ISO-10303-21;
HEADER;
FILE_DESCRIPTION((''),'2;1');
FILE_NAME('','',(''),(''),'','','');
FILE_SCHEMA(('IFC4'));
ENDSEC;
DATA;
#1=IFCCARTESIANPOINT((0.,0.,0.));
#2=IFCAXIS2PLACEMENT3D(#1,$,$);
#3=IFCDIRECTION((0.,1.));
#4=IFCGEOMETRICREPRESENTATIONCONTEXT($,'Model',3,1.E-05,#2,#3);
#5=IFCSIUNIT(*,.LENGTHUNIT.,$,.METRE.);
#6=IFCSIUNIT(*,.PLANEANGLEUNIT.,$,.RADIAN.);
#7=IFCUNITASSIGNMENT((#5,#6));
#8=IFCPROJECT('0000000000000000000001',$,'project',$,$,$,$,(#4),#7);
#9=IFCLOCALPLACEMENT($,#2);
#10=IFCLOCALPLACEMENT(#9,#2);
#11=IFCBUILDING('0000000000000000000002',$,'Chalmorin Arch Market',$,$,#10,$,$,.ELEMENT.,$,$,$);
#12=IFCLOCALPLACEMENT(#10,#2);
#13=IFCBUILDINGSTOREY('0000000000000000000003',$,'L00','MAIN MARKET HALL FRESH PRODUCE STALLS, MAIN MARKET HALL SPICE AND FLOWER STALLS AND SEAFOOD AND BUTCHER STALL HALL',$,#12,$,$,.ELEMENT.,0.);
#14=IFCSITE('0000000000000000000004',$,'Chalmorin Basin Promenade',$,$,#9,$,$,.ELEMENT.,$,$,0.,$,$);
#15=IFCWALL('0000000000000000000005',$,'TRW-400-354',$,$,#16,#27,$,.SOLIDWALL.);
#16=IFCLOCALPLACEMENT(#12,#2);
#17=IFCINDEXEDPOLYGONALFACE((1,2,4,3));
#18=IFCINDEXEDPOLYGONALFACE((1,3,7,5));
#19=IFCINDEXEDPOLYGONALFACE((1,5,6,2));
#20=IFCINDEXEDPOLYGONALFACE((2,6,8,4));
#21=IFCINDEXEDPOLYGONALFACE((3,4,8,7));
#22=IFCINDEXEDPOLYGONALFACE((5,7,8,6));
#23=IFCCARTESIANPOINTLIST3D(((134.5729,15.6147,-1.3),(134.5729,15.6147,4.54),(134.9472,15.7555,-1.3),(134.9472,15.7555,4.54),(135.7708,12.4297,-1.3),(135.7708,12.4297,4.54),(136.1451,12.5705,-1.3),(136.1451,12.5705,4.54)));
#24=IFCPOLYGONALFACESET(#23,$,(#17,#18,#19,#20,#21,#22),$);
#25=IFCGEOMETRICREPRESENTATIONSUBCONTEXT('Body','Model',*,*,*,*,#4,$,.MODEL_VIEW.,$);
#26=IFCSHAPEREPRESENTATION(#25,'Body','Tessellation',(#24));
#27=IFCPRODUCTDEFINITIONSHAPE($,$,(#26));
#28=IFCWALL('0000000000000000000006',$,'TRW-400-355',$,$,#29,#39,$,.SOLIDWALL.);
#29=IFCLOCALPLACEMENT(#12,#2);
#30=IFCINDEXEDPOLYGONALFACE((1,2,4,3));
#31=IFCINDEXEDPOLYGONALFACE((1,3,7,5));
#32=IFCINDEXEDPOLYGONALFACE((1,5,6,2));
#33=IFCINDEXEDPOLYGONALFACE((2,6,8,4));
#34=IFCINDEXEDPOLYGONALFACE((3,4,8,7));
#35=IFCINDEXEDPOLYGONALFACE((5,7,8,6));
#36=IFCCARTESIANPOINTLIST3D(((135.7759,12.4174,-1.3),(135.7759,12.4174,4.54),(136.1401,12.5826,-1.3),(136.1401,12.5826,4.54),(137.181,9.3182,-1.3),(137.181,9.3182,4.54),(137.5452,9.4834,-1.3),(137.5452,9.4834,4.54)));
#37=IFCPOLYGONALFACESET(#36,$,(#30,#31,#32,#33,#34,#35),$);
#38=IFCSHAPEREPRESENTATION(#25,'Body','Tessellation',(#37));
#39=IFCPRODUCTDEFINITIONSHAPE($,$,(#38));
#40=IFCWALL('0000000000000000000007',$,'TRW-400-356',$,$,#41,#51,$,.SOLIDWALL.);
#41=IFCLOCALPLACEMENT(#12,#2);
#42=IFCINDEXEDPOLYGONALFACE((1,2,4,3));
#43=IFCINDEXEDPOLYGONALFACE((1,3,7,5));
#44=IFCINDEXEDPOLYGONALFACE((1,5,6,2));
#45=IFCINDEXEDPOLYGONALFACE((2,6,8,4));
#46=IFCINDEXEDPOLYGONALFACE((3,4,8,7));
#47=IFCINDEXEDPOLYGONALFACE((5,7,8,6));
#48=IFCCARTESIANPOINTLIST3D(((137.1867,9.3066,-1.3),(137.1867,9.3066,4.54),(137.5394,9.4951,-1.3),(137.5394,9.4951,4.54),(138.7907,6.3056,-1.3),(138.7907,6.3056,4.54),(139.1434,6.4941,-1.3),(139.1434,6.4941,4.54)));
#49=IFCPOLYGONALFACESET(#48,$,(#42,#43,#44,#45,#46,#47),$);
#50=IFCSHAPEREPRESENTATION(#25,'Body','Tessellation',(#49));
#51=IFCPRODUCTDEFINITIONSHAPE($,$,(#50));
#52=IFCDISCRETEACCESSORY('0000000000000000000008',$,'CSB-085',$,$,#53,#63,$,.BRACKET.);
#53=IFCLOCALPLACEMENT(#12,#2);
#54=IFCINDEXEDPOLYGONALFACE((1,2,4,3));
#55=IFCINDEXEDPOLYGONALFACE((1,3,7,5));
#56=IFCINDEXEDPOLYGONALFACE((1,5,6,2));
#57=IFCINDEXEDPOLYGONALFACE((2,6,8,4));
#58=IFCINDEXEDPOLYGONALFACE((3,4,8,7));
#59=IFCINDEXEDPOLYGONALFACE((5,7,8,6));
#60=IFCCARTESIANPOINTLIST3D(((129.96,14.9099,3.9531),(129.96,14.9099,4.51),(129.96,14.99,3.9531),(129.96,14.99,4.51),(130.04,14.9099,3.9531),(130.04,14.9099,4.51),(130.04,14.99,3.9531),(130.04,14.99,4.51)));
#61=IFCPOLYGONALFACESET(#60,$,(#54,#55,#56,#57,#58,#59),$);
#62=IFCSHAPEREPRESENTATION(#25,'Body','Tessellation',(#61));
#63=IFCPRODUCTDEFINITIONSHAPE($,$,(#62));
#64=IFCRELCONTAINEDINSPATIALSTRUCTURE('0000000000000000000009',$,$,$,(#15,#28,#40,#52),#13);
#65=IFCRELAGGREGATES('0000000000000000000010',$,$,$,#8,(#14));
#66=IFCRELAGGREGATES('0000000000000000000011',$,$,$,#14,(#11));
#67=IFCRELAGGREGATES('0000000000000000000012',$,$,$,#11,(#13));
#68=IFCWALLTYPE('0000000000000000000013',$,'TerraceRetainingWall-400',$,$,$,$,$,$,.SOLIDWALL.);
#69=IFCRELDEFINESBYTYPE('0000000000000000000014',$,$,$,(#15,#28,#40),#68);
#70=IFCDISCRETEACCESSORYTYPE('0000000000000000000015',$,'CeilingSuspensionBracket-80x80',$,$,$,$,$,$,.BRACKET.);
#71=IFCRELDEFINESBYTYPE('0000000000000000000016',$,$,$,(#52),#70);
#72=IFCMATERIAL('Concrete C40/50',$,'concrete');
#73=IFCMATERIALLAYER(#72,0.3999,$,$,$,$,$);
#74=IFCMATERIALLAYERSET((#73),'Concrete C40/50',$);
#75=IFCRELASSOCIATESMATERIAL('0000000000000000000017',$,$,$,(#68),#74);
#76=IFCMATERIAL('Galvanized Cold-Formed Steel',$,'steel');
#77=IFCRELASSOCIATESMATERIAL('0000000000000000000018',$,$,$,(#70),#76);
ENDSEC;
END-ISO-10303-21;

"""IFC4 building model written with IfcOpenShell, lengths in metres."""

from ifc_helpers import new_model, si_unit, direction, frame, frame_2d, origin, origin_2d, place, context, subcontext, project, spatial, rectangle, extrude, material, layer, layer_set, type_object, element, save


model = new_model("IFC4")

# Units and contexts
model_context = context("Model", 3, precision=1e-05, world=origin(), true_north=direction((0.0, 1.0)))
body_context = subcontext(model_context, "Body", "Model", "MODEL_VIEW")
ifc_project = project(units=[si_unit("LENGTHUNIT", "METRE"), si_unit("PLANEANGLEUNIT", "RADIAN")], contexts=[model_context])

# Site, building, storey
site_placement = place(None, origin())
site = spatial("IfcSite", under=ifc_project, at=site_placement, Name="Chalmorin Basin Promenade", CompositionType="ELEMENT", RefElevation=0.0)
building_placement = place(site_placement, origin())
building = spatial("IfcBuilding", under=site, at=building_placement, Name="Chalmorin Arch Market", CompositionType="ELEMENT")
storey_placement = place(building_placement, origin())
storey = spatial("IfcBuildingStorey", under=building, at=storey_placement, Name="L00", Description="MAIN MARKET HALL FRESH PRODUCE STALLS, MAIN MARKET HALL SPICE AND FLOWER STALLS AND SEAFOOD AND BUTCHER STALL HALL", CompositionType="ELEMENT", Elevation=0.0)

# Shared definitions
ifc_material_1 = material(Name="Concrete C40/50", Category="concrete")

# Walls
ifc_layer_1 = layer(ifc_material_1, 0.3999)
ifc_layer_set_1 = layer_set([ifc_layer_1], Name="Concrete C40/50")
wall_type_1 = type_object("IfcWallType", Name="TerraceRetainingWall-400", PredefinedType="SOLIDWALL", material=ifc_layer_set_1)
for number, where, z_axis, x_axis, name in (
    (1, (134.76, 15.6851, -1.3), (0.0, 0.0, 1.0), (0.352051, -0.935981, 0.0), "TRW-400-354"),
    (2, (135.958, 12.5, -1.3), (0.0, 0.0, 1.0), (0.412911, -0.910771, 0.0), "TRW-400-355"),
    (3, (137.363, 9.4009, -1.3), (0.0, 0.0, 1.0), (0.471385, -0.881928, 0.0), "TRW-400-356"),
):
    element("IfcWall", number, at=place(storey_placement, frame(where, z_axis=z_axis, x_axis=x_axis)), inside=storey, type_object=wall_type_1, Name=name, PredefinedType="SOLIDWALL", context=body_context, shape_type="SweptSolid", body=[
        extrude(rectangle(XDim=3.4028, YDim=0.3999, at=frame_2d((1.7014, 0.0))), origin(), (0.0, 0.0, 1.0), 5.8401),
    ])

# Discrete accessory
ifc_material_2 = material(Name="Galvanized Cold-Formed Steel", Category="steel")
discrete_accessory_type = type_object("IfcDiscreteAccessoryType", Name="CeilingSuspensionBracket-80x80", PredefinedType="BRACKET", material=ifc_material_2)
discrete_accessory_placement = place(storey_placement, frame((130.0, 14.95, 3.9531), z_axis=(0.0, 0.0, 1.0), x_axis=(1.0, 0.0, 0.0)))
element("IfcDiscreteAccessory", 4, at=discrete_accessory_placement, inside=storey, type_object=discrete_accessory_type, Name="CSB-085", PredefinedType="BRACKET", context=body_context, shape_type="SweptSolid", body=[
    extrude(rectangle(XDim=0.0801, YDim=0.0801, at=origin_2d()), origin(), (0.0, 0.0, 1.0), 0.5569),
])

save(model, "model.ifc")
